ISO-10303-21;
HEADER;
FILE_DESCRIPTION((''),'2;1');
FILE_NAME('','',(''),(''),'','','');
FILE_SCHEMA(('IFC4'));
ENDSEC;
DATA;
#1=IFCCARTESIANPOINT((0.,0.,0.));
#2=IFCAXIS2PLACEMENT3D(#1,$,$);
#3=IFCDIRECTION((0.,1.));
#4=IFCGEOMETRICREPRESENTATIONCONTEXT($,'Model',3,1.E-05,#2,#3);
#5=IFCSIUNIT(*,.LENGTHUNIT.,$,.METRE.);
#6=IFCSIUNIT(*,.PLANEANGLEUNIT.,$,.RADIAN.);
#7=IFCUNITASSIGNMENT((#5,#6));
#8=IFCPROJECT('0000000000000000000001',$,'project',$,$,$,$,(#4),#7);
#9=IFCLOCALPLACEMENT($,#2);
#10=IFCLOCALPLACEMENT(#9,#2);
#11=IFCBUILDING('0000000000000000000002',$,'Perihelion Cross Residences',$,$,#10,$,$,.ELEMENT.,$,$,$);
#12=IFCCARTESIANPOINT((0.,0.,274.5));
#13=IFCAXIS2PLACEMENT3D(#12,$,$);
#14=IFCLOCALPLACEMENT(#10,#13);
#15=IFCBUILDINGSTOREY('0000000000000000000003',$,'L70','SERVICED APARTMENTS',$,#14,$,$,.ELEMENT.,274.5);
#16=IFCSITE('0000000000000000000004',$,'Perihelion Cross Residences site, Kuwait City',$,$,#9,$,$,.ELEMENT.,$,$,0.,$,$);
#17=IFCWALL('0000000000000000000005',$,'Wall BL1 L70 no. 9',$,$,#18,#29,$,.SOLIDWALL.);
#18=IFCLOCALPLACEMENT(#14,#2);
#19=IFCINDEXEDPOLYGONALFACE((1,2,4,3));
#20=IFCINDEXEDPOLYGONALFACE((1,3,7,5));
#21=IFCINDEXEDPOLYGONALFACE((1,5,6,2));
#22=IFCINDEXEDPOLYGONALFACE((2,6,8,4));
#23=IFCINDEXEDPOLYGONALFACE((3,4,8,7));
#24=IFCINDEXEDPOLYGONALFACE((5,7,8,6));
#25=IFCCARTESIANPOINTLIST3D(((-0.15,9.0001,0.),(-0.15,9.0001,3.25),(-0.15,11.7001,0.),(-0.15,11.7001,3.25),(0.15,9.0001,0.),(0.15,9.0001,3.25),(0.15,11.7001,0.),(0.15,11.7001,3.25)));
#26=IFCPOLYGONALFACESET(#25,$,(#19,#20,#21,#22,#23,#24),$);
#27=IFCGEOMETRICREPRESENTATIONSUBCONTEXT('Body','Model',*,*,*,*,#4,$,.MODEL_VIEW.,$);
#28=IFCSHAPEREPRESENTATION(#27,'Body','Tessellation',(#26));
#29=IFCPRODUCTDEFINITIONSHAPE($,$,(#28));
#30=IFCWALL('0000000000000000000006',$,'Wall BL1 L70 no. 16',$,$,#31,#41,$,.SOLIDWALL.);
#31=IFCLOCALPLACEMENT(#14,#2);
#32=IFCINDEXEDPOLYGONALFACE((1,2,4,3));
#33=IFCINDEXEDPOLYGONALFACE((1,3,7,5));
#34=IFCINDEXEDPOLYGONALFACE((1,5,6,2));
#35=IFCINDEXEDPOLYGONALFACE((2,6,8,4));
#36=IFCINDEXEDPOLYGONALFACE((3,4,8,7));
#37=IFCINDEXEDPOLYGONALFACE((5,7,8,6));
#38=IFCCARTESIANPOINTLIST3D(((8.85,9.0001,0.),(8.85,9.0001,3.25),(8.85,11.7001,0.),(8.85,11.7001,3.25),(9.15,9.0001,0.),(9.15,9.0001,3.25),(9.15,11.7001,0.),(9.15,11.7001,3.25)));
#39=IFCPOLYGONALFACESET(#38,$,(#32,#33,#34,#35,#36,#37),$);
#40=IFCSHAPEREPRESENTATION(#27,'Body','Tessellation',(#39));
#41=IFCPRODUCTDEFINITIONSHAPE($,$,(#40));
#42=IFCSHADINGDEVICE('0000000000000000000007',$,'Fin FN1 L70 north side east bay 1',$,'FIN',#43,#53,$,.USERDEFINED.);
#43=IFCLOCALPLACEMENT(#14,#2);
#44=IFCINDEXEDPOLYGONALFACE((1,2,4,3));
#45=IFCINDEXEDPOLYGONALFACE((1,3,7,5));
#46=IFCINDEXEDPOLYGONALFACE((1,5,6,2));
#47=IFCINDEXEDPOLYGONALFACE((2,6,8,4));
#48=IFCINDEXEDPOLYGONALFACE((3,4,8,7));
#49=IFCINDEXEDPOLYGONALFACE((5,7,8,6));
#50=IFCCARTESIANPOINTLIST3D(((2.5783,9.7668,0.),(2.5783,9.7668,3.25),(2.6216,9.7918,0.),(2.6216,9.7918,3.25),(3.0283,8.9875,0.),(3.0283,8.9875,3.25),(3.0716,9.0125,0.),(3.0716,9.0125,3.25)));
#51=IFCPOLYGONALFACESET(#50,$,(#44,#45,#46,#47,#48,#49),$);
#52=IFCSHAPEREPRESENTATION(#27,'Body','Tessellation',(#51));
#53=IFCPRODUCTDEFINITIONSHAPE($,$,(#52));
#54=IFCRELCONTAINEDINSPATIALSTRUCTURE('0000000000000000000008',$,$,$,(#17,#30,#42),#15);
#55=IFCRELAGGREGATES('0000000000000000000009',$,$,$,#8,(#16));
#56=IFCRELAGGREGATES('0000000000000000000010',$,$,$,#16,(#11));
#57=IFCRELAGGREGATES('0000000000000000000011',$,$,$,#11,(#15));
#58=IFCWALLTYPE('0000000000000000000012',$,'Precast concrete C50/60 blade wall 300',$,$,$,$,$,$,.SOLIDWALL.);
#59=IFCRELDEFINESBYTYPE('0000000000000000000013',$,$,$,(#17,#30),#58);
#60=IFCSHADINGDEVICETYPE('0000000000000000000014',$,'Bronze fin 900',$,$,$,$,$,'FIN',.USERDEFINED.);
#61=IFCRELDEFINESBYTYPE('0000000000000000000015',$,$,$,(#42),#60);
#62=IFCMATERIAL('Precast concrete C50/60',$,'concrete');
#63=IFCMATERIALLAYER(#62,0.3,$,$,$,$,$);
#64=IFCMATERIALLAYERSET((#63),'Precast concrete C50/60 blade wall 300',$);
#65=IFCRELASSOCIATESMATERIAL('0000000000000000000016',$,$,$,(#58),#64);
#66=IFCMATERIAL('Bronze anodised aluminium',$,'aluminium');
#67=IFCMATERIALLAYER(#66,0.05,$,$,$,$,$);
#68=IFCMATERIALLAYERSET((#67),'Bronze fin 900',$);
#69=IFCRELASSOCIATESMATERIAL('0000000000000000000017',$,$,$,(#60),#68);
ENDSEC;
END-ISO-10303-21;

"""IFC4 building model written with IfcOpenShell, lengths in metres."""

from ifc_helpers import new_model, si_unit, direction, frame, frame_2d, origin, origin_2d, place, context, subcontext, project, spatial, rectangle, extrude, material, layer, layer_set, type_object, element, save


model = new_model("IFC4")

# Units and contexts
model_context = context("Model", 3, precision=1e-05, world=origin(), true_north=direction((0.0, 1.0)))
body_context = subcontext(model_context, "Body", "Model", "MODEL_VIEW")
ifc_project = project(units=[si_unit("LENGTHUNIT", "METRE"), si_unit("PLANEANGLEUNIT", "RADIAN")], contexts=[model_context])

# Site, building, storey
site_placement = place(None, origin())
site = spatial("IfcSite", under=ifc_project, at=site_placement, Name="Perihelion Cross Residences site, Kuwait City", CompositionType="ELEMENT", RefElevation=0.0)
building_placement = place(site_placement, origin())
building = spatial("IfcBuilding", under=site, at=building_placement, Name="Perihelion Cross Residences", CompositionType="ELEMENT")
storey_placement = place(building_placement, frame((0.0, 0.0, 274.5)))
storey = spatial("IfcBuildingStorey", under=building, at=storey_placement, Name="L70", Description="SERVICED APARTMENTS", CompositionType="ELEMENT", Elevation=274.5)

# Walls
ifc_material_1 = material(Name="Precast concrete C50/60", Category="concrete")
ifc_layer_1 = layer(ifc_material_1, 0.3)
ifc_layer_set_1 = layer_set([ifc_layer_1], Name="Precast concrete C50/60 blade wall 300")
wall_type_1 = type_object("IfcWallType", Name="Precast concrete C50/60 blade wall 300", PredefinedType="SOLIDWALL", material=ifc_layer_set_1)
for number, where, z_axis, x_axis, name in (
    (1, (0.0, 9.0, 0.0), (0.0, 0.0, 1.0), (0.0, 1.0, 0.0), "Wall BL1 L70 no. 9"),
    (2, (9.0, 9.0, 0.0), (0.0, 0.0, 1.0), (0.0, 1.0, 0.0), "Wall BL1 L70 no. 16"),
):
    element("IfcWall", number, at=place(storey_placement, frame(where, z_axis=z_axis, x_axis=x_axis)), inside=storey, type_object=wall_type_1, Name=name, PredefinedType="SOLIDWALL", context=body_context, shape_type="SweptSolid", body=[
        extrude(rectangle(XDim=2.7, YDim=0.3, at=frame_2d((1.3501, 0.0))), origin(), (0.0, 0.0, 1.0), 3.25),
    ])

# Shading device
ifc_material_2 = material(Name="Bronze anodised aluminium", Category="aluminium")
ifc_layer_2 = layer(ifc_material_2, 0.05)
ifc_layer_set_2 = layer_set([ifc_layer_2], Name="Bronze fin 900")
shading_device_type = type_object("IfcShadingDeviceType", Name="Bronze fin 900", ElementType="FIN", PredefinedType="USERDEFINED", material=ifc_layer_set_2)
shading_device_placement = place(storey_placement, frame((2.825, 9.3896, 0.0), z_axis=(0.0, 0.0, 1.0), x_axis=(-0.5, 0.866025, 0.0)))
element("IfcShadingDevice", 3, at=shading_device_placement, inside=storey, type_object=shading_device_type, Name="Fin FN1 L70 north side east bay 1", ObjectType="FIN", PredefinedType="USERDEFINED", context=body_context, shape_type="SweptSolid", body=[
    extrude(rectangle(XDim=0.8999, YDim=0.05, at=origin_2d()), origin(), (0.0, 0.0, 1.0), 3.25),
])

save(model, "model.ifc")
